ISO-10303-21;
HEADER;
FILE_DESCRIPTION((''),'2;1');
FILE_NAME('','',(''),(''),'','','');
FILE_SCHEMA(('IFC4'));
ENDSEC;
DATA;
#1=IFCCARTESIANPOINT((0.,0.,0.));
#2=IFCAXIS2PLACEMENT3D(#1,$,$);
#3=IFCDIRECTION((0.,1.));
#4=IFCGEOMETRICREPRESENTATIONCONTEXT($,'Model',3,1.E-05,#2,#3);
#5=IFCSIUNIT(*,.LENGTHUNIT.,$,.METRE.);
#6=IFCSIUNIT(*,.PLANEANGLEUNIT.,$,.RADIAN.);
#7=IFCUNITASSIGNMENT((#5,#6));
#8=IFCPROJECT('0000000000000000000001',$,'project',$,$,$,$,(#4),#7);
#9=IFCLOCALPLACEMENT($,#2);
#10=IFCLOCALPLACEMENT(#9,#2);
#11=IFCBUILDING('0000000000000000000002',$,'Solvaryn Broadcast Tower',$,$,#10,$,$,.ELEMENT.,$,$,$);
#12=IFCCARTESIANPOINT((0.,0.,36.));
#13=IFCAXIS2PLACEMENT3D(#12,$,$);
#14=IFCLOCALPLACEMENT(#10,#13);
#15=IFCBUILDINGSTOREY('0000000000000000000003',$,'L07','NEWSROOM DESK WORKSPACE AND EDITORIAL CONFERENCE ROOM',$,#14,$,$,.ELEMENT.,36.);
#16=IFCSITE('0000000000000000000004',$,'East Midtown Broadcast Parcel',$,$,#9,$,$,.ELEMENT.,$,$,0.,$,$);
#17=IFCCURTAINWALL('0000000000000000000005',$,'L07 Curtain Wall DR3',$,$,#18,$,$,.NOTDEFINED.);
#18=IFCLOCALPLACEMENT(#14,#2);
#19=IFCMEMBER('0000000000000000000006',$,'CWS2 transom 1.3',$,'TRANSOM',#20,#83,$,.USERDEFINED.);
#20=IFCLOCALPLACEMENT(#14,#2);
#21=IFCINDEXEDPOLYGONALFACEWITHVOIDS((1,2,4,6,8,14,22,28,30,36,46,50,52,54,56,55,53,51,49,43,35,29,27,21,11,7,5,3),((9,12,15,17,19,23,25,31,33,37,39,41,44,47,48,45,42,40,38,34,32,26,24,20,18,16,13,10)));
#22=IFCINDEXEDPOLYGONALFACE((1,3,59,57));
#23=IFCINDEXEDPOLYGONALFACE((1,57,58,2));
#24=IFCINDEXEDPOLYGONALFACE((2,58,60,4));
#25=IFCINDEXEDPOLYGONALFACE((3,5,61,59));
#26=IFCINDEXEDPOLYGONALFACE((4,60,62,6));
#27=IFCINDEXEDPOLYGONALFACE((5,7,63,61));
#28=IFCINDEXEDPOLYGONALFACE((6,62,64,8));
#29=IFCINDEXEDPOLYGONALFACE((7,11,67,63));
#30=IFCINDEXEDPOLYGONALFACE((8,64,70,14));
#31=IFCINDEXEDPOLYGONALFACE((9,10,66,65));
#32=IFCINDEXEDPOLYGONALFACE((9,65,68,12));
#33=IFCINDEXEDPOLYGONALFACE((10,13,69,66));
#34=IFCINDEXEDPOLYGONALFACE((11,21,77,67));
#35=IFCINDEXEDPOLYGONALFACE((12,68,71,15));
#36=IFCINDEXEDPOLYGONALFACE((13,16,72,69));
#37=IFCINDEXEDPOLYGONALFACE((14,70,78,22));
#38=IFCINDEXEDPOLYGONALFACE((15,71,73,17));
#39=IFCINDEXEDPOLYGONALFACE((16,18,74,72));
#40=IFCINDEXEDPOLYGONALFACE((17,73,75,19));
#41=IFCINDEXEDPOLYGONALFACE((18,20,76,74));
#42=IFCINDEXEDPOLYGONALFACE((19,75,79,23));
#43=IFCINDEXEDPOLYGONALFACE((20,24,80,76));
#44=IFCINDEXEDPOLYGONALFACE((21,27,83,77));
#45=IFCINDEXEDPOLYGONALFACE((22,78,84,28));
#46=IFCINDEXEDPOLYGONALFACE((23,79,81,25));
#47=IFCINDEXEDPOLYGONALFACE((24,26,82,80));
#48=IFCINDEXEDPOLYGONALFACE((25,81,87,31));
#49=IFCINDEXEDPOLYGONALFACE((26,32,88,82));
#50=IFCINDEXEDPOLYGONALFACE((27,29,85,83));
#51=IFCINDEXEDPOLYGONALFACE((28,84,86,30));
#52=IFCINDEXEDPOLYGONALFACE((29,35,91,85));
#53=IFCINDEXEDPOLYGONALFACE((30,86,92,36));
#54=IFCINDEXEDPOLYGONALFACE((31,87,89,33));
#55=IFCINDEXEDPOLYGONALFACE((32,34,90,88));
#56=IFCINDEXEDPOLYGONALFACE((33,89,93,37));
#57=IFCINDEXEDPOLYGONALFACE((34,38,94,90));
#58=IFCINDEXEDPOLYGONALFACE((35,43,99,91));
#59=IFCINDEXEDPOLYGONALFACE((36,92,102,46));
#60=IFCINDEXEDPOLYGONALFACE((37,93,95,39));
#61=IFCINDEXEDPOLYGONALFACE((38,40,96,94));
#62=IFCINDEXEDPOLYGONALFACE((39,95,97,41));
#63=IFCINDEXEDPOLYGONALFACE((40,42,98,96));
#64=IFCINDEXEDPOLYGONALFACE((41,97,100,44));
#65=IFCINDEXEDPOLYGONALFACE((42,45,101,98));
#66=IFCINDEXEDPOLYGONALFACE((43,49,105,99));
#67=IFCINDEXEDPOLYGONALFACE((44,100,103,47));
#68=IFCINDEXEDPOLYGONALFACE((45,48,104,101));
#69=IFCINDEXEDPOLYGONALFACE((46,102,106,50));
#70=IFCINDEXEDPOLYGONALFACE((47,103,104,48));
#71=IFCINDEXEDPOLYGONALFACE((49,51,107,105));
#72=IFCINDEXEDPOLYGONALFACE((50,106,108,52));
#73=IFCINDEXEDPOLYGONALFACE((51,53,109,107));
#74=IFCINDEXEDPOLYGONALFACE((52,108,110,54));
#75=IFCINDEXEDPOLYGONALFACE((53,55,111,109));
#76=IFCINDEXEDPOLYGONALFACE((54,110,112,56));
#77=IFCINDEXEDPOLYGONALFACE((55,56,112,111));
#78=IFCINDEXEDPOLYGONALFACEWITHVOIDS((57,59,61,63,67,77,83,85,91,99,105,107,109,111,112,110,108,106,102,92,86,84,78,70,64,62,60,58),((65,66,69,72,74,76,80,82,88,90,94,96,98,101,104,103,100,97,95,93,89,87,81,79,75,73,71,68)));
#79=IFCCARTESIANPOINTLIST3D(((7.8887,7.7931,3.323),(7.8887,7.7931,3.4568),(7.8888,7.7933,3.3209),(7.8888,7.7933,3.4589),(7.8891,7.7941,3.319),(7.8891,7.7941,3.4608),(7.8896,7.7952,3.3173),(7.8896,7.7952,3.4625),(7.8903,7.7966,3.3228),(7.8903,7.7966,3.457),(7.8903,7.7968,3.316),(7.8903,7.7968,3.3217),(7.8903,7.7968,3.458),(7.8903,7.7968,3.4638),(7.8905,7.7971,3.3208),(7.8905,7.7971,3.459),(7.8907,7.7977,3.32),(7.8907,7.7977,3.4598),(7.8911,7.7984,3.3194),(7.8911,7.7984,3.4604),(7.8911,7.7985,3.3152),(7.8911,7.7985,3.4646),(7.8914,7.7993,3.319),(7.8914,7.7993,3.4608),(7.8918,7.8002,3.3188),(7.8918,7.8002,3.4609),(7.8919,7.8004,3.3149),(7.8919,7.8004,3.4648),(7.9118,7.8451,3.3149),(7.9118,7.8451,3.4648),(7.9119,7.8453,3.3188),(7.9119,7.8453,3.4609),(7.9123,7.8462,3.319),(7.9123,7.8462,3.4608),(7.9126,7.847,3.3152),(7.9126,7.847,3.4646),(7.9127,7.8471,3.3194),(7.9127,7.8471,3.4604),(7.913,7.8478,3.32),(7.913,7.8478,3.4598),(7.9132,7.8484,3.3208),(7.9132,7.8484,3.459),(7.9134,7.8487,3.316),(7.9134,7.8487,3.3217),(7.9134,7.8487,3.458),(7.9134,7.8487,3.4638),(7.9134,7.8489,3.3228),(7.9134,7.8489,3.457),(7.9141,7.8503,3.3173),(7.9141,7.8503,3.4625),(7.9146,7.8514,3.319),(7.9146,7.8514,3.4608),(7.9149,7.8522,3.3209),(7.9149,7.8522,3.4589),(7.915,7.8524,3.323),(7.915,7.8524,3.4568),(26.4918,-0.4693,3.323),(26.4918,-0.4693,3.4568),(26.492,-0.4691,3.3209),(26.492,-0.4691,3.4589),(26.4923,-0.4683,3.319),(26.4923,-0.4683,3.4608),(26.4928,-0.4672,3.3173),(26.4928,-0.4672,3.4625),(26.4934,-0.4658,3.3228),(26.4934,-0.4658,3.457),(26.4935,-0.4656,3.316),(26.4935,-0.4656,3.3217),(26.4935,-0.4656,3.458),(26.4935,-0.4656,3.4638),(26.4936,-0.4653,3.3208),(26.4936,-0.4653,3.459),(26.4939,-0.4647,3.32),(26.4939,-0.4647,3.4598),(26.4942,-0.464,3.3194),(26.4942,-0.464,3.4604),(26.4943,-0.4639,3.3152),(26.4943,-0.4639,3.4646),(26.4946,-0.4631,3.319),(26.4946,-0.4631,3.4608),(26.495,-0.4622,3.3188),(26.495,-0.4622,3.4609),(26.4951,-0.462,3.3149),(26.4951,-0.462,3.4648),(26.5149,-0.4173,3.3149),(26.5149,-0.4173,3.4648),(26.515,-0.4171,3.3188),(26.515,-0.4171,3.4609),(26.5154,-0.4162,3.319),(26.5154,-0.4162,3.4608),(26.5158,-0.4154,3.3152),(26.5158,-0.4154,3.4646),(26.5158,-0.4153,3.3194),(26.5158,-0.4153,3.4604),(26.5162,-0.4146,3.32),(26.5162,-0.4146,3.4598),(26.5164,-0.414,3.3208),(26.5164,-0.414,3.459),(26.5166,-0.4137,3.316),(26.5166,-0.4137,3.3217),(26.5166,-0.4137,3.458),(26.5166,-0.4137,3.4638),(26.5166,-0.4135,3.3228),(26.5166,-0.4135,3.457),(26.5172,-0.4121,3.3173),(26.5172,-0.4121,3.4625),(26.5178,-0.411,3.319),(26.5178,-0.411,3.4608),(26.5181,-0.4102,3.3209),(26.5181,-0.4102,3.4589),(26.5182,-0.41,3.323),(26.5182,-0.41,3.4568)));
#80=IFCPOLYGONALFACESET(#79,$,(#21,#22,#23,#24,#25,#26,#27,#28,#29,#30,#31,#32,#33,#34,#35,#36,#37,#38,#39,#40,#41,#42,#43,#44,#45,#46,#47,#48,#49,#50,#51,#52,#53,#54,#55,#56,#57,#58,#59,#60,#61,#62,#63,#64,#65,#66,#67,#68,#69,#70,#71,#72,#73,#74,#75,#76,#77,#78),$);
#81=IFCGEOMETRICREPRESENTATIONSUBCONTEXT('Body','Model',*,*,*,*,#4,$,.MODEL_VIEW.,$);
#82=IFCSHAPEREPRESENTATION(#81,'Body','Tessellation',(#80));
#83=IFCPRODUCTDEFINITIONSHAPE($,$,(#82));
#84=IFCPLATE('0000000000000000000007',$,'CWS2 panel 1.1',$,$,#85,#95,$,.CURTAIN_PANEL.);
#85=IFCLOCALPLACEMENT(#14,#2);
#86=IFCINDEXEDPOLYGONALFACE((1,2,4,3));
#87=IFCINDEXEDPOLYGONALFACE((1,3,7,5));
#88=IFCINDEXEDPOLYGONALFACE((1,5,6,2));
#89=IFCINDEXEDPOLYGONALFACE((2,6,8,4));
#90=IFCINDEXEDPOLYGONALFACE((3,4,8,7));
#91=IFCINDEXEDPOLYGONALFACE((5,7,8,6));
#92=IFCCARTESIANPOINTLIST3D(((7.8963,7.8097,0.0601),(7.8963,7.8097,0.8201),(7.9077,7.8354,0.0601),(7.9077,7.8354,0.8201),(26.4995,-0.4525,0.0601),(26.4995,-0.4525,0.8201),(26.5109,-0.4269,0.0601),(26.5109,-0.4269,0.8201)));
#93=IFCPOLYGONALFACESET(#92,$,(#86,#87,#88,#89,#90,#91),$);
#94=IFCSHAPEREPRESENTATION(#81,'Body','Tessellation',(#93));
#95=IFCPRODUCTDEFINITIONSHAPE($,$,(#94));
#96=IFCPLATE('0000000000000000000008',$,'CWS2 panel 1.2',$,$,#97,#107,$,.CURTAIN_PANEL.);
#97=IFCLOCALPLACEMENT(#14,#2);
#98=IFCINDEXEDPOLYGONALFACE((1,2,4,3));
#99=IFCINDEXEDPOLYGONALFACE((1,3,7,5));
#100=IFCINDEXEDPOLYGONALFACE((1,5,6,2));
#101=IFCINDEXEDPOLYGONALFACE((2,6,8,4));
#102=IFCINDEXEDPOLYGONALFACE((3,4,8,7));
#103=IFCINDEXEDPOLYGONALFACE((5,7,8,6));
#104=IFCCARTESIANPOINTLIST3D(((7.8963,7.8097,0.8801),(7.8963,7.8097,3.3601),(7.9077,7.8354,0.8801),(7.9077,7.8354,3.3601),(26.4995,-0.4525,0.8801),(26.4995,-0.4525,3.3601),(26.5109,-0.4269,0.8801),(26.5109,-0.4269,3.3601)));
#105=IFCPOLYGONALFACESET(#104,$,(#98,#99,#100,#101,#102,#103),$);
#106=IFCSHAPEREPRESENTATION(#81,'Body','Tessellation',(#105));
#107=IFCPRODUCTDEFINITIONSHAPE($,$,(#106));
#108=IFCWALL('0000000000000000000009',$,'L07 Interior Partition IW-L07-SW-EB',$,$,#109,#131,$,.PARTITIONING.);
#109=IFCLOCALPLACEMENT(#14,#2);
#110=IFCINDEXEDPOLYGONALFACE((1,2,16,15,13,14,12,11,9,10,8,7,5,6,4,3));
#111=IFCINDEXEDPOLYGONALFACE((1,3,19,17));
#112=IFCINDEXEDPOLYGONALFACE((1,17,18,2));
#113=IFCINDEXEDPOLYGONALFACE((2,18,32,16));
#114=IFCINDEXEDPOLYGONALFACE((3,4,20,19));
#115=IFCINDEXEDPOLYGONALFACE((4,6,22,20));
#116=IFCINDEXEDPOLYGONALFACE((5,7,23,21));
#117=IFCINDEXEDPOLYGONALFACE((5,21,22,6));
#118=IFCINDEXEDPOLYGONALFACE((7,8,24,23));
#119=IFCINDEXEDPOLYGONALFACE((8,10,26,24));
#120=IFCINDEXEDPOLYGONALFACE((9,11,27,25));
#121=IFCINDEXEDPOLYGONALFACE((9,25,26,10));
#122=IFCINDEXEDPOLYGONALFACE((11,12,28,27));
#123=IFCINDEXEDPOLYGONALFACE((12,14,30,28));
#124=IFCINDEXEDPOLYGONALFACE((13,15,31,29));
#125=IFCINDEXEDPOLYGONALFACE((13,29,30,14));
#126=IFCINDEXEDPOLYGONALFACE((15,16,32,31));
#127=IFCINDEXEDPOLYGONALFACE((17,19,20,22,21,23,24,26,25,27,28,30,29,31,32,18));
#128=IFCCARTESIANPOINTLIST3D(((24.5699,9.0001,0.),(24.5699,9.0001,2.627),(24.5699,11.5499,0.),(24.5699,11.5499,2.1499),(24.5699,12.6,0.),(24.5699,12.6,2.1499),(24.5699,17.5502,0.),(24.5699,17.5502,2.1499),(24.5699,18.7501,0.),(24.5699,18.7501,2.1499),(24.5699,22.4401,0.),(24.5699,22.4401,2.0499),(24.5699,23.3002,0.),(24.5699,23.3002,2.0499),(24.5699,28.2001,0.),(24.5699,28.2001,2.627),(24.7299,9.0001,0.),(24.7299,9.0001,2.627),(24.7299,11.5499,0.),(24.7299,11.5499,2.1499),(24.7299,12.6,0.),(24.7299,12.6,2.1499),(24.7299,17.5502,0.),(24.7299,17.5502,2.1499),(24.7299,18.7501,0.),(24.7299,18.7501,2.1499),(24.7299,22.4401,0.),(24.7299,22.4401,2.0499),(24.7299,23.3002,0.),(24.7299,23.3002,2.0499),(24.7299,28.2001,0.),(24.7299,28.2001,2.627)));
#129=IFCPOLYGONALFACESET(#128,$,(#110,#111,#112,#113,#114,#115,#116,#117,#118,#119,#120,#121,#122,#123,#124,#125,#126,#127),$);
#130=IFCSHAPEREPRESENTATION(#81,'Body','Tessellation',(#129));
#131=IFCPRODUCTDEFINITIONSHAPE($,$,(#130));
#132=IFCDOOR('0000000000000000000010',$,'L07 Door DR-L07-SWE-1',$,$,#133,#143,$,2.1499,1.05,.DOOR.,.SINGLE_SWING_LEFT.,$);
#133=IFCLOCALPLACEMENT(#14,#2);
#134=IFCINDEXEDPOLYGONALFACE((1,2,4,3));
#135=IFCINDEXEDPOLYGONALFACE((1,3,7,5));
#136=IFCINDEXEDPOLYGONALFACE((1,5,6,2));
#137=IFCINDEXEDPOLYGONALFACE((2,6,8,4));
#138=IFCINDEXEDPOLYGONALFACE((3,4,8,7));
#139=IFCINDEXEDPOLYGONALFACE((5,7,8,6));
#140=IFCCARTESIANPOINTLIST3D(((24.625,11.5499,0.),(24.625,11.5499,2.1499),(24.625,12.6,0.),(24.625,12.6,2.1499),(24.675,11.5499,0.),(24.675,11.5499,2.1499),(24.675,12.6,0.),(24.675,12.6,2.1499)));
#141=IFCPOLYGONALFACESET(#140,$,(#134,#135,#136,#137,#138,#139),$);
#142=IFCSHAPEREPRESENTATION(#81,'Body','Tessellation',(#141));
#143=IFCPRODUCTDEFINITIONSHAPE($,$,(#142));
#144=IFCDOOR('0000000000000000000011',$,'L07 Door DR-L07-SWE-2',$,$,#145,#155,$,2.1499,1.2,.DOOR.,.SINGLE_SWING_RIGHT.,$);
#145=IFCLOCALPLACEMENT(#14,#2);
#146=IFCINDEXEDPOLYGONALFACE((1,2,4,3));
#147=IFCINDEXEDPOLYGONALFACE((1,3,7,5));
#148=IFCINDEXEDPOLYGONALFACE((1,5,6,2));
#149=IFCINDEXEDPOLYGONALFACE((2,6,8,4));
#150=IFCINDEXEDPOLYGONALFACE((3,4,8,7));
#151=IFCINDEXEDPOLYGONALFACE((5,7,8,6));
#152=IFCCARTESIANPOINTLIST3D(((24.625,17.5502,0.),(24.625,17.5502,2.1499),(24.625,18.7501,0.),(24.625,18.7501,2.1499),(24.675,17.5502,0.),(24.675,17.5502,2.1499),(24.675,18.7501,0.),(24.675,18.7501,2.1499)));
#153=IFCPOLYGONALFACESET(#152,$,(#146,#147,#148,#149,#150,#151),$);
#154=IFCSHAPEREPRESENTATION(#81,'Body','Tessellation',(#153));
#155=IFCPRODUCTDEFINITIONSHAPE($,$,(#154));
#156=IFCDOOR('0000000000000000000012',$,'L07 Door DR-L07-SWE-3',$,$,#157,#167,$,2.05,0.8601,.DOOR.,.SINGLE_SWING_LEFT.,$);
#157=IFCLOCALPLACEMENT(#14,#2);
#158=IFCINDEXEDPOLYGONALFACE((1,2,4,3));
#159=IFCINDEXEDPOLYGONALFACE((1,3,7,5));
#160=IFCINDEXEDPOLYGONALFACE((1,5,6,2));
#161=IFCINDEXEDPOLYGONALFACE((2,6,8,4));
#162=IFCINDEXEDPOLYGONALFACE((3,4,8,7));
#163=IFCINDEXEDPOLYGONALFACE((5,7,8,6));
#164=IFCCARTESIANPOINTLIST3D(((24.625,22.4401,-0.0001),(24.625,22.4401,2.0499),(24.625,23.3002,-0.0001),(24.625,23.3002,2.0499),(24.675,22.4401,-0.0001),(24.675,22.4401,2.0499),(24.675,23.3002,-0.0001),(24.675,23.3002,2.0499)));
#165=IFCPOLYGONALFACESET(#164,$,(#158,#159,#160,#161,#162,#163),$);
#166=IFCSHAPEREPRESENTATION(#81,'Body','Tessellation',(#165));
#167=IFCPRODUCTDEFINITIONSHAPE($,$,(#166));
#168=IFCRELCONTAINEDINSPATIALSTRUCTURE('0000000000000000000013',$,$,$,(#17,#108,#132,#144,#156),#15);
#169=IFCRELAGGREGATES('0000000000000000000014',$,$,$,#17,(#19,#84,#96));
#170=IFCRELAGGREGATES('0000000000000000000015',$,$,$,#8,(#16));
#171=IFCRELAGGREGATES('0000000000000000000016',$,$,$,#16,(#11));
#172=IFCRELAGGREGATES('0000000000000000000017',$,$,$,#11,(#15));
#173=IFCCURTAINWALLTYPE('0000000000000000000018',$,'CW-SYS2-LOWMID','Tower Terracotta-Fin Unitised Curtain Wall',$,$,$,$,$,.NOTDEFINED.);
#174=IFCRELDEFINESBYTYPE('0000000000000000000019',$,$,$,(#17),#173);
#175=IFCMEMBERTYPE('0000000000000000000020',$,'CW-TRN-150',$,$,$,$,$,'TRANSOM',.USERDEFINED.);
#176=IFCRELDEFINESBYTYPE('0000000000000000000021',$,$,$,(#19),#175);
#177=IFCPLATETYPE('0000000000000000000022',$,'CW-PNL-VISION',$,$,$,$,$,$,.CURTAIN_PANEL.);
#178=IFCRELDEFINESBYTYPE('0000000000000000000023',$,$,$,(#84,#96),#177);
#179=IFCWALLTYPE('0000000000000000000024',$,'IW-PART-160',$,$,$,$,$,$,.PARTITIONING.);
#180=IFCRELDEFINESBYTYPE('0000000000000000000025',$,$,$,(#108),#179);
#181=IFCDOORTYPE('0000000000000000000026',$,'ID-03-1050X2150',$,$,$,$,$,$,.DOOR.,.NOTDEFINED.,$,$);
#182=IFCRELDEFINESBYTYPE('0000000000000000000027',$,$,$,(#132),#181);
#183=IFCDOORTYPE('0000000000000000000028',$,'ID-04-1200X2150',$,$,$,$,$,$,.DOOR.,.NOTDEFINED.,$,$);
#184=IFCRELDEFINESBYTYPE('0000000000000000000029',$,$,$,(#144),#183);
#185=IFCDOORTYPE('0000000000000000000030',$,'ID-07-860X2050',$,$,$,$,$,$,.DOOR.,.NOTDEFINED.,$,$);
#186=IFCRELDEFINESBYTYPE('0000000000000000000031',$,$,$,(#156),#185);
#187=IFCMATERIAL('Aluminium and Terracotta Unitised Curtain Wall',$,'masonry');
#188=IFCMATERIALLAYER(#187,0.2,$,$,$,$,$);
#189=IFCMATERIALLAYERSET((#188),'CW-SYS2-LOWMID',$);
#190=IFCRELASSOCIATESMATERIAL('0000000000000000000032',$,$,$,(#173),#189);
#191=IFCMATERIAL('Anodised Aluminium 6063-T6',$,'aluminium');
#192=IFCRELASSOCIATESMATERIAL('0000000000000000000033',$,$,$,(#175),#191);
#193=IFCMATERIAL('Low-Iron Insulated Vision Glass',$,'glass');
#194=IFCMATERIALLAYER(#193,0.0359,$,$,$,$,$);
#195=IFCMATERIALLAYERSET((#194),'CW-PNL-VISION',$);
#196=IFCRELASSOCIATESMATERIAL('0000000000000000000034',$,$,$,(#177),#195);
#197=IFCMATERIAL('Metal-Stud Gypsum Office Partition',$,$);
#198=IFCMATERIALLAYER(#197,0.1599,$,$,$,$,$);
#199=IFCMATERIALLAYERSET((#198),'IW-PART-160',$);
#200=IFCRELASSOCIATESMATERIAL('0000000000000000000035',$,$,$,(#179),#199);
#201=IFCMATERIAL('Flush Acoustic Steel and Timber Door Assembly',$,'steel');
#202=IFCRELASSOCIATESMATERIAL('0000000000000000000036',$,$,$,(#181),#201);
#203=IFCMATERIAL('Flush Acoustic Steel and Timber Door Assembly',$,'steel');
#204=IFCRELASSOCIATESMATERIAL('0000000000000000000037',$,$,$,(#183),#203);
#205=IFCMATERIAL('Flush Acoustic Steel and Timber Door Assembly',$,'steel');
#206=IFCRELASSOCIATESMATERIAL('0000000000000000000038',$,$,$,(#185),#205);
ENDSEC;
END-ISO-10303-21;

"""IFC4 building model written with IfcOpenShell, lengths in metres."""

from ifc_helpers import new_model, si_unit, direction, frame, frame_2d, origin, origin_2d, place, context, subcontext, project, spatial, rectangle, hollow_rectangle, extrude, material, layer, layer_set, material_profile, profile_set, type_object, element, fill, aggregate, save


model = new_model("IFC4")

# Units and contexts
model_context = context("Model", 3, precision=1e-05, world=origin(), true_north=direction((0.0, 1.0)))
body_context = subcontext(model_context, "Body", "Model", "MODEL_VIEW")
ifc_project = project(units=[si_unit("LENGTHUNIT", "METRE"), si_unit("PLANEANGLEUNIT", "RADIAN")], contexts=[model_context])

# Site, building, storey
site_placement = place(None, origin())
site = spatial("IfcSite", under=ifc_project, at=site_placement, Name="East Midtown Broadcast Parcel", CompositionType="ELEMENT", RefElevation=0.0)
building_placement = place(site_placement, origin())
building = spatial("IfcBuilding", under=site, at=building_placement, Name="Solvaryn Broadcast Tower", CompositionType="ELEMENT")
storey_placement = place(building_placement, frame((0.0, 0.0, 36.0)))
storey = spatial("IfcBuildingStorey", under=building, at=storey_placement, Name="L07", Description="NEWSROOM DESK WORKSPACE AND EDITORIAL CONFERENCE ROOM", CompositionType="ELEMENT", Elevation=36.0)

# Curtain wall, member, plates
ifc_material_1 = material(Name="Aluminium and Terracotta Unitised Curtain Wall", Category="masonry")
ifc_layer_1 = layer(ifc_material_1, 0.2)
ifc_layer_set_1 = layer_set([ifc_layer_1], Name="CW-SYS2-LOWMID")
curtain_wall_type_1 = type_object("IfcCurtainWallType", Name="CW-SYS2-LOWMID", Description="Tower Terracotta-Fin Unitised Curtain Wall", PredefinedType="NOTDEFINED", material=ifc_layer_set_1)
curtain_wall_1_placement = place(storey_placement, origin())
curtain_wall_1 = element("IfcCurtainWall", 1, at=curtain_wall_1_placement, inside=storey, type_object=curtain_wall_type_1, Name="L07 Curtain Wall DR3", PredefinedType="NOTDEFINED")
ifc_material_2 = material(Name="Anodised Aluminium 6063-T6", Category="aluminium")
ifc_material_profile_1 = material_profile(ifc_material_2, hollow_rectangle(XDim=0.0649, YDim=0.1499, WallThickness=0.0039, InnerFilletRadius=0.0039, OuterFilletRadius=0.0081, at=origin_2d()))
ifc_profile_set_1 = profile_set([ifc_material_profile_1], Name="Anodised Aluminium 6063-T6")
member_type_1 = type_object("IfcMemberType", Name="CW-TRN-150", ElementType="TRANSOM", PredefinedType="USERDEFINED", material=ifc_profile_set_1)
member_1_placement = place(storey_placement, frame((7.9019, 7.8228, 3.3899), z_axis=(0.913915, -0.405906, 0.0), x_axis=(0.405906, 0.913915, 0.0)))
member_1 = element("IfcMember", 2, at=member_1_placement, type_object=member_type_1, Name="CWS2 transom 1.3", ObjectType="TRANSOM", PredefinedType="USERDEFINED", context=body_context, shape_type="SweptSolid", body=[
    extrude(hollow_rectangle(XDim=0.0649, YDim=0.1499, WallThickness=0.0039, InnerFilletRadius=0.0039, OuterFilletRadius=0.0081, at=origin_2d()), origin(), (0.0, 0.0, 1.0), 20.3555),
])
ifc_material_3 = material(Name="Low-Iron Insulated Vision Glass", Category="glass")
ifc_layer_2 = layer(ifc_material_3, 0.0359)
ifc_layer_set_2 = layer_set([ifc_layer_2], Name="CW-PNL-VISION")
plate_type = type_object("IfcPlateType", Name="CW-PNL-VISION", PredefinedType="CURTAIN_PANEL", material=ifc_layer_set_2)
plate_1_placement = place(storey_placement, frame((17.2036, 3.6914, 0.0601), z_axis=(0.0, 0.0, 1.0), x_axis=(0.913918, -0.405898, 0.0)))
plate_1 = element("IfcPlate", 3, at=plate_1_placement, type_object=plate_type, Name="CWS2 panel 1.1", PredefinedType="CURTAIN_PANEL", context=body_context, shape_type="SweptSolid", body=[
    extrude(rectangle(XDim=20.3555, YDim=0.0281, at=origin_2d()), origin(), (0.0, 0.0, 1.0), 0.76),
])
plate_2_placement = place(storey_placement, frame((17.2036, 3.6914, 0.8801), z_axis=(0.0, 0.0, 1.0), x_axis=(0.913918, -0.405898, 0.0)))
plate_2 = element("IfcPlate", 4, at=plate_2_placement, type_object=plate_type, Name="CWS2 panel 1.2", PredefinedType="CURTAIN_PANEL", context=body_context, shape_type="SweptSolid", body=[
    extrude(rectangle(XDim=20.3555, YDim=0.0281, at=origin_2d()), origin(), (0.0, 0.0, 1.0), 2.48),
])
aggregate(curtain_wall_1, [member_1, plate_1, plate_2])

# Wall, openings, doors
ifc_material_4 = material(Name="Metal-Stud Gypsum Office Partition")
ifc_layer_3 = layer(ifc_material_4, 0.1599)
ifc_layer_set_3 = layer_set([ifc_layer_3], Name="IW-PART-160")
wall_type_1 = type_object("IfcWallType", Name="IW-PART-160", PredefinedType="PARTITIONING", material=ifc_layer_set_3)
wall_1_placement = place(storey_placement, frame((24.6499, 9.0, 0.0), z_axis=(0.0, 0.0, 1.0), x_axis=(0.0, 1.0, 0.0)))
wall_1 = element("IfcWall", 5, at=wall_1_placement, inside=storey, type_object=wall_type_1, Name="L07 Interior Partition IW-L07-SW-EB", PredefinedType="PARTITIONING", context=body_context, shape_type="SweptSolid", body=[
    extrude(rectangle(XDim=19.2, YDim=0.1599, at=frame_2d((9.6001, 0.0))), origin(), (0.0, 0.0, 1.0), 2.627),
])
opening_1_placement = place(wall_1_placement, frame((2.55, 0.0, 0.0)))
opening_1 = element("IfcOpeningElement", 6, at=opening_1_placement, cuts=wall_1, PredefinedType="OPENING", context=body_context, shape_type="SweptSolid", body=[
    extrude(rectangle(XDim=1.05, YDim=2.1499, at=frame_2d((0.5249, 1.075))), frame((0.0, 0.0901, 0.0), z_axis=(0.0, -1.0, 0.0), x_axis=(1.0, 0.0, 0.0)), (0.0, 0.0, 1.0), 0.1799),
])
opening_2_placement = place(wall_1_placement, frame((8.55, 0.0, 0.0)))
opening_2 = element("IfcOpeningElement", 7, at=opening_2_placement, cuts=wall_1, PredefinedType="OPENING", context=body_context, shape_type="SweptSolid", body=[
    extrude(rectangle(XDim=1.2, YDim=2.1499, at=frame_2d((0.6001, 1.075))), frame((0.0, 0.0901, 0.0), z_axis=(0.0, -1.0, 0.0), x_axis=(1.0, 0.0, 0.0)), (0.0, 0.0, 1.0), 0.1799),
])
opening_3_placement = place(wall_1_placement, frame((13.4399, 0.0, 0.0)))
opening_3 = element("IfcOpeningElement", 8, at=opening_3_placement, cuts=wall_1, PredefinedType="OPENING", context=body_context, shape_type="SweptSolid", body=[
    extrude(rectangle(XDim=0.8601, YDim=2.05, at=frame_2d((0.4302, 1.0249))), frame((0.0, 0.0901, 0.0), z_axis=(0.0, -1.0, 0.0), x_axis=(1.0, 0.0, 0.0)), (0.0, 0.0, 1.0), 0.1799),
])
ifc_material_5 = material(Name="Flush Acoustic Steel and Timber Door Assembly", Category="steel")
door_type_1 = type_object("IfcDoorType", Name="ID-03-1050X2150", OperationType="NOTDEFINED", PredefinedType="DOOR", material=ifc_material_5)
door_1_placement = place(opening_1_placement, origin())
door_1 = element("IfcDoor", 9, at=door_1_placement, inside=storey, type_object=door_type_1, Name="L07 Door DR-L07-SWE-1", OperationType="SINGLE_SWING_LEFT", OverallHeight=2.1499, OverallWidth=1.05, PredefinedType="DOOR", context=body_context, shape_type="SweptSolid", body=[
    extrude(rectangle(XDim=1.05, YDim=2.1499, at=frame_2d((0.5249, 1.075))), frame((0.0, 0.0249, 0.0), z_axis=(0.0, -1.0, 0.0), x_axis=(1.0, 0.0, 0.0)), (0.0, 0.0, 1.0), 0.05),
])
fill(opening_1, door_1)
ifc_material_6 = material(Name="Flush Acoustic Steel and Timber Door Assembly", Category="steel")
door_type_2 = type_object("IfcDoorType", Name="ID-04-1200X2150", OperationType="NOTDEFINED", PredefinedType="DOOR", material=ifc_material_6)
door_2_placement = place(opening_2_placement, origin())
door_2 = element("IfcDoor", 10, at=door_2_placement, inside=storey, type_object=door_type_2, Name="L07 Door DR-L07-SWE-2", OperationType="SINGLE_SWING_RIGHT", OverallHeight=2.1499, OverallWidth=1.2, PredefinedType="DOOR", context=body_context, shape_type="SweptSolid", body=[
    extrude(rectangle(XDim=1.2, YDim=2.1499, at=frame_2d((0.6001, 1.075))), frame((0.0, 0.0249, 0.0), z_axis=(0.0, -1.0, 0.0), x_axis=(1.0, 0.0, 0.0)), (0.0, 0.0, 1.0), 0.05),
])
fill(opening_2, door_2)
ifc_material_7 = material(Name="Flush Acoustic Steel and Timber Door Assembly", Category="steel")
door_type_3 = type_object("IfcDoorType", Name="ID-07-860X2050", OperationType="NOTDEFINED", PredefinedType="DOOR", material=ifc_material_7)
door_3_placement = place(opening_3_placement, origin())
door_3 = element("IfcDoor", 11, at=door_3_placement, inside=storey, type_object=door_type_3, Name="L07 Door DR-L07-SWE-3", OperationType="SINGLE_SWING_LEFT", OverallHeight=2.05, OverallWidth=0.8601, PredefinedType="DOOR", context=body_context, shape_type="SweptSolid", body=[
    extrude(rectangle(XDim=0.8601, YDim=2.05, at=frame_2d((0.4302, 1.0249))), frame((0.0, 0.0249, 0.0), z_axis=(0.0, -1.0, 0.0), x_axis=(1.0, 0.0, 0.0)), (0.0, 0.0, 1.0), 0.05),
])
fill(opening_3, door_3)

save(model, "model.ifc")
